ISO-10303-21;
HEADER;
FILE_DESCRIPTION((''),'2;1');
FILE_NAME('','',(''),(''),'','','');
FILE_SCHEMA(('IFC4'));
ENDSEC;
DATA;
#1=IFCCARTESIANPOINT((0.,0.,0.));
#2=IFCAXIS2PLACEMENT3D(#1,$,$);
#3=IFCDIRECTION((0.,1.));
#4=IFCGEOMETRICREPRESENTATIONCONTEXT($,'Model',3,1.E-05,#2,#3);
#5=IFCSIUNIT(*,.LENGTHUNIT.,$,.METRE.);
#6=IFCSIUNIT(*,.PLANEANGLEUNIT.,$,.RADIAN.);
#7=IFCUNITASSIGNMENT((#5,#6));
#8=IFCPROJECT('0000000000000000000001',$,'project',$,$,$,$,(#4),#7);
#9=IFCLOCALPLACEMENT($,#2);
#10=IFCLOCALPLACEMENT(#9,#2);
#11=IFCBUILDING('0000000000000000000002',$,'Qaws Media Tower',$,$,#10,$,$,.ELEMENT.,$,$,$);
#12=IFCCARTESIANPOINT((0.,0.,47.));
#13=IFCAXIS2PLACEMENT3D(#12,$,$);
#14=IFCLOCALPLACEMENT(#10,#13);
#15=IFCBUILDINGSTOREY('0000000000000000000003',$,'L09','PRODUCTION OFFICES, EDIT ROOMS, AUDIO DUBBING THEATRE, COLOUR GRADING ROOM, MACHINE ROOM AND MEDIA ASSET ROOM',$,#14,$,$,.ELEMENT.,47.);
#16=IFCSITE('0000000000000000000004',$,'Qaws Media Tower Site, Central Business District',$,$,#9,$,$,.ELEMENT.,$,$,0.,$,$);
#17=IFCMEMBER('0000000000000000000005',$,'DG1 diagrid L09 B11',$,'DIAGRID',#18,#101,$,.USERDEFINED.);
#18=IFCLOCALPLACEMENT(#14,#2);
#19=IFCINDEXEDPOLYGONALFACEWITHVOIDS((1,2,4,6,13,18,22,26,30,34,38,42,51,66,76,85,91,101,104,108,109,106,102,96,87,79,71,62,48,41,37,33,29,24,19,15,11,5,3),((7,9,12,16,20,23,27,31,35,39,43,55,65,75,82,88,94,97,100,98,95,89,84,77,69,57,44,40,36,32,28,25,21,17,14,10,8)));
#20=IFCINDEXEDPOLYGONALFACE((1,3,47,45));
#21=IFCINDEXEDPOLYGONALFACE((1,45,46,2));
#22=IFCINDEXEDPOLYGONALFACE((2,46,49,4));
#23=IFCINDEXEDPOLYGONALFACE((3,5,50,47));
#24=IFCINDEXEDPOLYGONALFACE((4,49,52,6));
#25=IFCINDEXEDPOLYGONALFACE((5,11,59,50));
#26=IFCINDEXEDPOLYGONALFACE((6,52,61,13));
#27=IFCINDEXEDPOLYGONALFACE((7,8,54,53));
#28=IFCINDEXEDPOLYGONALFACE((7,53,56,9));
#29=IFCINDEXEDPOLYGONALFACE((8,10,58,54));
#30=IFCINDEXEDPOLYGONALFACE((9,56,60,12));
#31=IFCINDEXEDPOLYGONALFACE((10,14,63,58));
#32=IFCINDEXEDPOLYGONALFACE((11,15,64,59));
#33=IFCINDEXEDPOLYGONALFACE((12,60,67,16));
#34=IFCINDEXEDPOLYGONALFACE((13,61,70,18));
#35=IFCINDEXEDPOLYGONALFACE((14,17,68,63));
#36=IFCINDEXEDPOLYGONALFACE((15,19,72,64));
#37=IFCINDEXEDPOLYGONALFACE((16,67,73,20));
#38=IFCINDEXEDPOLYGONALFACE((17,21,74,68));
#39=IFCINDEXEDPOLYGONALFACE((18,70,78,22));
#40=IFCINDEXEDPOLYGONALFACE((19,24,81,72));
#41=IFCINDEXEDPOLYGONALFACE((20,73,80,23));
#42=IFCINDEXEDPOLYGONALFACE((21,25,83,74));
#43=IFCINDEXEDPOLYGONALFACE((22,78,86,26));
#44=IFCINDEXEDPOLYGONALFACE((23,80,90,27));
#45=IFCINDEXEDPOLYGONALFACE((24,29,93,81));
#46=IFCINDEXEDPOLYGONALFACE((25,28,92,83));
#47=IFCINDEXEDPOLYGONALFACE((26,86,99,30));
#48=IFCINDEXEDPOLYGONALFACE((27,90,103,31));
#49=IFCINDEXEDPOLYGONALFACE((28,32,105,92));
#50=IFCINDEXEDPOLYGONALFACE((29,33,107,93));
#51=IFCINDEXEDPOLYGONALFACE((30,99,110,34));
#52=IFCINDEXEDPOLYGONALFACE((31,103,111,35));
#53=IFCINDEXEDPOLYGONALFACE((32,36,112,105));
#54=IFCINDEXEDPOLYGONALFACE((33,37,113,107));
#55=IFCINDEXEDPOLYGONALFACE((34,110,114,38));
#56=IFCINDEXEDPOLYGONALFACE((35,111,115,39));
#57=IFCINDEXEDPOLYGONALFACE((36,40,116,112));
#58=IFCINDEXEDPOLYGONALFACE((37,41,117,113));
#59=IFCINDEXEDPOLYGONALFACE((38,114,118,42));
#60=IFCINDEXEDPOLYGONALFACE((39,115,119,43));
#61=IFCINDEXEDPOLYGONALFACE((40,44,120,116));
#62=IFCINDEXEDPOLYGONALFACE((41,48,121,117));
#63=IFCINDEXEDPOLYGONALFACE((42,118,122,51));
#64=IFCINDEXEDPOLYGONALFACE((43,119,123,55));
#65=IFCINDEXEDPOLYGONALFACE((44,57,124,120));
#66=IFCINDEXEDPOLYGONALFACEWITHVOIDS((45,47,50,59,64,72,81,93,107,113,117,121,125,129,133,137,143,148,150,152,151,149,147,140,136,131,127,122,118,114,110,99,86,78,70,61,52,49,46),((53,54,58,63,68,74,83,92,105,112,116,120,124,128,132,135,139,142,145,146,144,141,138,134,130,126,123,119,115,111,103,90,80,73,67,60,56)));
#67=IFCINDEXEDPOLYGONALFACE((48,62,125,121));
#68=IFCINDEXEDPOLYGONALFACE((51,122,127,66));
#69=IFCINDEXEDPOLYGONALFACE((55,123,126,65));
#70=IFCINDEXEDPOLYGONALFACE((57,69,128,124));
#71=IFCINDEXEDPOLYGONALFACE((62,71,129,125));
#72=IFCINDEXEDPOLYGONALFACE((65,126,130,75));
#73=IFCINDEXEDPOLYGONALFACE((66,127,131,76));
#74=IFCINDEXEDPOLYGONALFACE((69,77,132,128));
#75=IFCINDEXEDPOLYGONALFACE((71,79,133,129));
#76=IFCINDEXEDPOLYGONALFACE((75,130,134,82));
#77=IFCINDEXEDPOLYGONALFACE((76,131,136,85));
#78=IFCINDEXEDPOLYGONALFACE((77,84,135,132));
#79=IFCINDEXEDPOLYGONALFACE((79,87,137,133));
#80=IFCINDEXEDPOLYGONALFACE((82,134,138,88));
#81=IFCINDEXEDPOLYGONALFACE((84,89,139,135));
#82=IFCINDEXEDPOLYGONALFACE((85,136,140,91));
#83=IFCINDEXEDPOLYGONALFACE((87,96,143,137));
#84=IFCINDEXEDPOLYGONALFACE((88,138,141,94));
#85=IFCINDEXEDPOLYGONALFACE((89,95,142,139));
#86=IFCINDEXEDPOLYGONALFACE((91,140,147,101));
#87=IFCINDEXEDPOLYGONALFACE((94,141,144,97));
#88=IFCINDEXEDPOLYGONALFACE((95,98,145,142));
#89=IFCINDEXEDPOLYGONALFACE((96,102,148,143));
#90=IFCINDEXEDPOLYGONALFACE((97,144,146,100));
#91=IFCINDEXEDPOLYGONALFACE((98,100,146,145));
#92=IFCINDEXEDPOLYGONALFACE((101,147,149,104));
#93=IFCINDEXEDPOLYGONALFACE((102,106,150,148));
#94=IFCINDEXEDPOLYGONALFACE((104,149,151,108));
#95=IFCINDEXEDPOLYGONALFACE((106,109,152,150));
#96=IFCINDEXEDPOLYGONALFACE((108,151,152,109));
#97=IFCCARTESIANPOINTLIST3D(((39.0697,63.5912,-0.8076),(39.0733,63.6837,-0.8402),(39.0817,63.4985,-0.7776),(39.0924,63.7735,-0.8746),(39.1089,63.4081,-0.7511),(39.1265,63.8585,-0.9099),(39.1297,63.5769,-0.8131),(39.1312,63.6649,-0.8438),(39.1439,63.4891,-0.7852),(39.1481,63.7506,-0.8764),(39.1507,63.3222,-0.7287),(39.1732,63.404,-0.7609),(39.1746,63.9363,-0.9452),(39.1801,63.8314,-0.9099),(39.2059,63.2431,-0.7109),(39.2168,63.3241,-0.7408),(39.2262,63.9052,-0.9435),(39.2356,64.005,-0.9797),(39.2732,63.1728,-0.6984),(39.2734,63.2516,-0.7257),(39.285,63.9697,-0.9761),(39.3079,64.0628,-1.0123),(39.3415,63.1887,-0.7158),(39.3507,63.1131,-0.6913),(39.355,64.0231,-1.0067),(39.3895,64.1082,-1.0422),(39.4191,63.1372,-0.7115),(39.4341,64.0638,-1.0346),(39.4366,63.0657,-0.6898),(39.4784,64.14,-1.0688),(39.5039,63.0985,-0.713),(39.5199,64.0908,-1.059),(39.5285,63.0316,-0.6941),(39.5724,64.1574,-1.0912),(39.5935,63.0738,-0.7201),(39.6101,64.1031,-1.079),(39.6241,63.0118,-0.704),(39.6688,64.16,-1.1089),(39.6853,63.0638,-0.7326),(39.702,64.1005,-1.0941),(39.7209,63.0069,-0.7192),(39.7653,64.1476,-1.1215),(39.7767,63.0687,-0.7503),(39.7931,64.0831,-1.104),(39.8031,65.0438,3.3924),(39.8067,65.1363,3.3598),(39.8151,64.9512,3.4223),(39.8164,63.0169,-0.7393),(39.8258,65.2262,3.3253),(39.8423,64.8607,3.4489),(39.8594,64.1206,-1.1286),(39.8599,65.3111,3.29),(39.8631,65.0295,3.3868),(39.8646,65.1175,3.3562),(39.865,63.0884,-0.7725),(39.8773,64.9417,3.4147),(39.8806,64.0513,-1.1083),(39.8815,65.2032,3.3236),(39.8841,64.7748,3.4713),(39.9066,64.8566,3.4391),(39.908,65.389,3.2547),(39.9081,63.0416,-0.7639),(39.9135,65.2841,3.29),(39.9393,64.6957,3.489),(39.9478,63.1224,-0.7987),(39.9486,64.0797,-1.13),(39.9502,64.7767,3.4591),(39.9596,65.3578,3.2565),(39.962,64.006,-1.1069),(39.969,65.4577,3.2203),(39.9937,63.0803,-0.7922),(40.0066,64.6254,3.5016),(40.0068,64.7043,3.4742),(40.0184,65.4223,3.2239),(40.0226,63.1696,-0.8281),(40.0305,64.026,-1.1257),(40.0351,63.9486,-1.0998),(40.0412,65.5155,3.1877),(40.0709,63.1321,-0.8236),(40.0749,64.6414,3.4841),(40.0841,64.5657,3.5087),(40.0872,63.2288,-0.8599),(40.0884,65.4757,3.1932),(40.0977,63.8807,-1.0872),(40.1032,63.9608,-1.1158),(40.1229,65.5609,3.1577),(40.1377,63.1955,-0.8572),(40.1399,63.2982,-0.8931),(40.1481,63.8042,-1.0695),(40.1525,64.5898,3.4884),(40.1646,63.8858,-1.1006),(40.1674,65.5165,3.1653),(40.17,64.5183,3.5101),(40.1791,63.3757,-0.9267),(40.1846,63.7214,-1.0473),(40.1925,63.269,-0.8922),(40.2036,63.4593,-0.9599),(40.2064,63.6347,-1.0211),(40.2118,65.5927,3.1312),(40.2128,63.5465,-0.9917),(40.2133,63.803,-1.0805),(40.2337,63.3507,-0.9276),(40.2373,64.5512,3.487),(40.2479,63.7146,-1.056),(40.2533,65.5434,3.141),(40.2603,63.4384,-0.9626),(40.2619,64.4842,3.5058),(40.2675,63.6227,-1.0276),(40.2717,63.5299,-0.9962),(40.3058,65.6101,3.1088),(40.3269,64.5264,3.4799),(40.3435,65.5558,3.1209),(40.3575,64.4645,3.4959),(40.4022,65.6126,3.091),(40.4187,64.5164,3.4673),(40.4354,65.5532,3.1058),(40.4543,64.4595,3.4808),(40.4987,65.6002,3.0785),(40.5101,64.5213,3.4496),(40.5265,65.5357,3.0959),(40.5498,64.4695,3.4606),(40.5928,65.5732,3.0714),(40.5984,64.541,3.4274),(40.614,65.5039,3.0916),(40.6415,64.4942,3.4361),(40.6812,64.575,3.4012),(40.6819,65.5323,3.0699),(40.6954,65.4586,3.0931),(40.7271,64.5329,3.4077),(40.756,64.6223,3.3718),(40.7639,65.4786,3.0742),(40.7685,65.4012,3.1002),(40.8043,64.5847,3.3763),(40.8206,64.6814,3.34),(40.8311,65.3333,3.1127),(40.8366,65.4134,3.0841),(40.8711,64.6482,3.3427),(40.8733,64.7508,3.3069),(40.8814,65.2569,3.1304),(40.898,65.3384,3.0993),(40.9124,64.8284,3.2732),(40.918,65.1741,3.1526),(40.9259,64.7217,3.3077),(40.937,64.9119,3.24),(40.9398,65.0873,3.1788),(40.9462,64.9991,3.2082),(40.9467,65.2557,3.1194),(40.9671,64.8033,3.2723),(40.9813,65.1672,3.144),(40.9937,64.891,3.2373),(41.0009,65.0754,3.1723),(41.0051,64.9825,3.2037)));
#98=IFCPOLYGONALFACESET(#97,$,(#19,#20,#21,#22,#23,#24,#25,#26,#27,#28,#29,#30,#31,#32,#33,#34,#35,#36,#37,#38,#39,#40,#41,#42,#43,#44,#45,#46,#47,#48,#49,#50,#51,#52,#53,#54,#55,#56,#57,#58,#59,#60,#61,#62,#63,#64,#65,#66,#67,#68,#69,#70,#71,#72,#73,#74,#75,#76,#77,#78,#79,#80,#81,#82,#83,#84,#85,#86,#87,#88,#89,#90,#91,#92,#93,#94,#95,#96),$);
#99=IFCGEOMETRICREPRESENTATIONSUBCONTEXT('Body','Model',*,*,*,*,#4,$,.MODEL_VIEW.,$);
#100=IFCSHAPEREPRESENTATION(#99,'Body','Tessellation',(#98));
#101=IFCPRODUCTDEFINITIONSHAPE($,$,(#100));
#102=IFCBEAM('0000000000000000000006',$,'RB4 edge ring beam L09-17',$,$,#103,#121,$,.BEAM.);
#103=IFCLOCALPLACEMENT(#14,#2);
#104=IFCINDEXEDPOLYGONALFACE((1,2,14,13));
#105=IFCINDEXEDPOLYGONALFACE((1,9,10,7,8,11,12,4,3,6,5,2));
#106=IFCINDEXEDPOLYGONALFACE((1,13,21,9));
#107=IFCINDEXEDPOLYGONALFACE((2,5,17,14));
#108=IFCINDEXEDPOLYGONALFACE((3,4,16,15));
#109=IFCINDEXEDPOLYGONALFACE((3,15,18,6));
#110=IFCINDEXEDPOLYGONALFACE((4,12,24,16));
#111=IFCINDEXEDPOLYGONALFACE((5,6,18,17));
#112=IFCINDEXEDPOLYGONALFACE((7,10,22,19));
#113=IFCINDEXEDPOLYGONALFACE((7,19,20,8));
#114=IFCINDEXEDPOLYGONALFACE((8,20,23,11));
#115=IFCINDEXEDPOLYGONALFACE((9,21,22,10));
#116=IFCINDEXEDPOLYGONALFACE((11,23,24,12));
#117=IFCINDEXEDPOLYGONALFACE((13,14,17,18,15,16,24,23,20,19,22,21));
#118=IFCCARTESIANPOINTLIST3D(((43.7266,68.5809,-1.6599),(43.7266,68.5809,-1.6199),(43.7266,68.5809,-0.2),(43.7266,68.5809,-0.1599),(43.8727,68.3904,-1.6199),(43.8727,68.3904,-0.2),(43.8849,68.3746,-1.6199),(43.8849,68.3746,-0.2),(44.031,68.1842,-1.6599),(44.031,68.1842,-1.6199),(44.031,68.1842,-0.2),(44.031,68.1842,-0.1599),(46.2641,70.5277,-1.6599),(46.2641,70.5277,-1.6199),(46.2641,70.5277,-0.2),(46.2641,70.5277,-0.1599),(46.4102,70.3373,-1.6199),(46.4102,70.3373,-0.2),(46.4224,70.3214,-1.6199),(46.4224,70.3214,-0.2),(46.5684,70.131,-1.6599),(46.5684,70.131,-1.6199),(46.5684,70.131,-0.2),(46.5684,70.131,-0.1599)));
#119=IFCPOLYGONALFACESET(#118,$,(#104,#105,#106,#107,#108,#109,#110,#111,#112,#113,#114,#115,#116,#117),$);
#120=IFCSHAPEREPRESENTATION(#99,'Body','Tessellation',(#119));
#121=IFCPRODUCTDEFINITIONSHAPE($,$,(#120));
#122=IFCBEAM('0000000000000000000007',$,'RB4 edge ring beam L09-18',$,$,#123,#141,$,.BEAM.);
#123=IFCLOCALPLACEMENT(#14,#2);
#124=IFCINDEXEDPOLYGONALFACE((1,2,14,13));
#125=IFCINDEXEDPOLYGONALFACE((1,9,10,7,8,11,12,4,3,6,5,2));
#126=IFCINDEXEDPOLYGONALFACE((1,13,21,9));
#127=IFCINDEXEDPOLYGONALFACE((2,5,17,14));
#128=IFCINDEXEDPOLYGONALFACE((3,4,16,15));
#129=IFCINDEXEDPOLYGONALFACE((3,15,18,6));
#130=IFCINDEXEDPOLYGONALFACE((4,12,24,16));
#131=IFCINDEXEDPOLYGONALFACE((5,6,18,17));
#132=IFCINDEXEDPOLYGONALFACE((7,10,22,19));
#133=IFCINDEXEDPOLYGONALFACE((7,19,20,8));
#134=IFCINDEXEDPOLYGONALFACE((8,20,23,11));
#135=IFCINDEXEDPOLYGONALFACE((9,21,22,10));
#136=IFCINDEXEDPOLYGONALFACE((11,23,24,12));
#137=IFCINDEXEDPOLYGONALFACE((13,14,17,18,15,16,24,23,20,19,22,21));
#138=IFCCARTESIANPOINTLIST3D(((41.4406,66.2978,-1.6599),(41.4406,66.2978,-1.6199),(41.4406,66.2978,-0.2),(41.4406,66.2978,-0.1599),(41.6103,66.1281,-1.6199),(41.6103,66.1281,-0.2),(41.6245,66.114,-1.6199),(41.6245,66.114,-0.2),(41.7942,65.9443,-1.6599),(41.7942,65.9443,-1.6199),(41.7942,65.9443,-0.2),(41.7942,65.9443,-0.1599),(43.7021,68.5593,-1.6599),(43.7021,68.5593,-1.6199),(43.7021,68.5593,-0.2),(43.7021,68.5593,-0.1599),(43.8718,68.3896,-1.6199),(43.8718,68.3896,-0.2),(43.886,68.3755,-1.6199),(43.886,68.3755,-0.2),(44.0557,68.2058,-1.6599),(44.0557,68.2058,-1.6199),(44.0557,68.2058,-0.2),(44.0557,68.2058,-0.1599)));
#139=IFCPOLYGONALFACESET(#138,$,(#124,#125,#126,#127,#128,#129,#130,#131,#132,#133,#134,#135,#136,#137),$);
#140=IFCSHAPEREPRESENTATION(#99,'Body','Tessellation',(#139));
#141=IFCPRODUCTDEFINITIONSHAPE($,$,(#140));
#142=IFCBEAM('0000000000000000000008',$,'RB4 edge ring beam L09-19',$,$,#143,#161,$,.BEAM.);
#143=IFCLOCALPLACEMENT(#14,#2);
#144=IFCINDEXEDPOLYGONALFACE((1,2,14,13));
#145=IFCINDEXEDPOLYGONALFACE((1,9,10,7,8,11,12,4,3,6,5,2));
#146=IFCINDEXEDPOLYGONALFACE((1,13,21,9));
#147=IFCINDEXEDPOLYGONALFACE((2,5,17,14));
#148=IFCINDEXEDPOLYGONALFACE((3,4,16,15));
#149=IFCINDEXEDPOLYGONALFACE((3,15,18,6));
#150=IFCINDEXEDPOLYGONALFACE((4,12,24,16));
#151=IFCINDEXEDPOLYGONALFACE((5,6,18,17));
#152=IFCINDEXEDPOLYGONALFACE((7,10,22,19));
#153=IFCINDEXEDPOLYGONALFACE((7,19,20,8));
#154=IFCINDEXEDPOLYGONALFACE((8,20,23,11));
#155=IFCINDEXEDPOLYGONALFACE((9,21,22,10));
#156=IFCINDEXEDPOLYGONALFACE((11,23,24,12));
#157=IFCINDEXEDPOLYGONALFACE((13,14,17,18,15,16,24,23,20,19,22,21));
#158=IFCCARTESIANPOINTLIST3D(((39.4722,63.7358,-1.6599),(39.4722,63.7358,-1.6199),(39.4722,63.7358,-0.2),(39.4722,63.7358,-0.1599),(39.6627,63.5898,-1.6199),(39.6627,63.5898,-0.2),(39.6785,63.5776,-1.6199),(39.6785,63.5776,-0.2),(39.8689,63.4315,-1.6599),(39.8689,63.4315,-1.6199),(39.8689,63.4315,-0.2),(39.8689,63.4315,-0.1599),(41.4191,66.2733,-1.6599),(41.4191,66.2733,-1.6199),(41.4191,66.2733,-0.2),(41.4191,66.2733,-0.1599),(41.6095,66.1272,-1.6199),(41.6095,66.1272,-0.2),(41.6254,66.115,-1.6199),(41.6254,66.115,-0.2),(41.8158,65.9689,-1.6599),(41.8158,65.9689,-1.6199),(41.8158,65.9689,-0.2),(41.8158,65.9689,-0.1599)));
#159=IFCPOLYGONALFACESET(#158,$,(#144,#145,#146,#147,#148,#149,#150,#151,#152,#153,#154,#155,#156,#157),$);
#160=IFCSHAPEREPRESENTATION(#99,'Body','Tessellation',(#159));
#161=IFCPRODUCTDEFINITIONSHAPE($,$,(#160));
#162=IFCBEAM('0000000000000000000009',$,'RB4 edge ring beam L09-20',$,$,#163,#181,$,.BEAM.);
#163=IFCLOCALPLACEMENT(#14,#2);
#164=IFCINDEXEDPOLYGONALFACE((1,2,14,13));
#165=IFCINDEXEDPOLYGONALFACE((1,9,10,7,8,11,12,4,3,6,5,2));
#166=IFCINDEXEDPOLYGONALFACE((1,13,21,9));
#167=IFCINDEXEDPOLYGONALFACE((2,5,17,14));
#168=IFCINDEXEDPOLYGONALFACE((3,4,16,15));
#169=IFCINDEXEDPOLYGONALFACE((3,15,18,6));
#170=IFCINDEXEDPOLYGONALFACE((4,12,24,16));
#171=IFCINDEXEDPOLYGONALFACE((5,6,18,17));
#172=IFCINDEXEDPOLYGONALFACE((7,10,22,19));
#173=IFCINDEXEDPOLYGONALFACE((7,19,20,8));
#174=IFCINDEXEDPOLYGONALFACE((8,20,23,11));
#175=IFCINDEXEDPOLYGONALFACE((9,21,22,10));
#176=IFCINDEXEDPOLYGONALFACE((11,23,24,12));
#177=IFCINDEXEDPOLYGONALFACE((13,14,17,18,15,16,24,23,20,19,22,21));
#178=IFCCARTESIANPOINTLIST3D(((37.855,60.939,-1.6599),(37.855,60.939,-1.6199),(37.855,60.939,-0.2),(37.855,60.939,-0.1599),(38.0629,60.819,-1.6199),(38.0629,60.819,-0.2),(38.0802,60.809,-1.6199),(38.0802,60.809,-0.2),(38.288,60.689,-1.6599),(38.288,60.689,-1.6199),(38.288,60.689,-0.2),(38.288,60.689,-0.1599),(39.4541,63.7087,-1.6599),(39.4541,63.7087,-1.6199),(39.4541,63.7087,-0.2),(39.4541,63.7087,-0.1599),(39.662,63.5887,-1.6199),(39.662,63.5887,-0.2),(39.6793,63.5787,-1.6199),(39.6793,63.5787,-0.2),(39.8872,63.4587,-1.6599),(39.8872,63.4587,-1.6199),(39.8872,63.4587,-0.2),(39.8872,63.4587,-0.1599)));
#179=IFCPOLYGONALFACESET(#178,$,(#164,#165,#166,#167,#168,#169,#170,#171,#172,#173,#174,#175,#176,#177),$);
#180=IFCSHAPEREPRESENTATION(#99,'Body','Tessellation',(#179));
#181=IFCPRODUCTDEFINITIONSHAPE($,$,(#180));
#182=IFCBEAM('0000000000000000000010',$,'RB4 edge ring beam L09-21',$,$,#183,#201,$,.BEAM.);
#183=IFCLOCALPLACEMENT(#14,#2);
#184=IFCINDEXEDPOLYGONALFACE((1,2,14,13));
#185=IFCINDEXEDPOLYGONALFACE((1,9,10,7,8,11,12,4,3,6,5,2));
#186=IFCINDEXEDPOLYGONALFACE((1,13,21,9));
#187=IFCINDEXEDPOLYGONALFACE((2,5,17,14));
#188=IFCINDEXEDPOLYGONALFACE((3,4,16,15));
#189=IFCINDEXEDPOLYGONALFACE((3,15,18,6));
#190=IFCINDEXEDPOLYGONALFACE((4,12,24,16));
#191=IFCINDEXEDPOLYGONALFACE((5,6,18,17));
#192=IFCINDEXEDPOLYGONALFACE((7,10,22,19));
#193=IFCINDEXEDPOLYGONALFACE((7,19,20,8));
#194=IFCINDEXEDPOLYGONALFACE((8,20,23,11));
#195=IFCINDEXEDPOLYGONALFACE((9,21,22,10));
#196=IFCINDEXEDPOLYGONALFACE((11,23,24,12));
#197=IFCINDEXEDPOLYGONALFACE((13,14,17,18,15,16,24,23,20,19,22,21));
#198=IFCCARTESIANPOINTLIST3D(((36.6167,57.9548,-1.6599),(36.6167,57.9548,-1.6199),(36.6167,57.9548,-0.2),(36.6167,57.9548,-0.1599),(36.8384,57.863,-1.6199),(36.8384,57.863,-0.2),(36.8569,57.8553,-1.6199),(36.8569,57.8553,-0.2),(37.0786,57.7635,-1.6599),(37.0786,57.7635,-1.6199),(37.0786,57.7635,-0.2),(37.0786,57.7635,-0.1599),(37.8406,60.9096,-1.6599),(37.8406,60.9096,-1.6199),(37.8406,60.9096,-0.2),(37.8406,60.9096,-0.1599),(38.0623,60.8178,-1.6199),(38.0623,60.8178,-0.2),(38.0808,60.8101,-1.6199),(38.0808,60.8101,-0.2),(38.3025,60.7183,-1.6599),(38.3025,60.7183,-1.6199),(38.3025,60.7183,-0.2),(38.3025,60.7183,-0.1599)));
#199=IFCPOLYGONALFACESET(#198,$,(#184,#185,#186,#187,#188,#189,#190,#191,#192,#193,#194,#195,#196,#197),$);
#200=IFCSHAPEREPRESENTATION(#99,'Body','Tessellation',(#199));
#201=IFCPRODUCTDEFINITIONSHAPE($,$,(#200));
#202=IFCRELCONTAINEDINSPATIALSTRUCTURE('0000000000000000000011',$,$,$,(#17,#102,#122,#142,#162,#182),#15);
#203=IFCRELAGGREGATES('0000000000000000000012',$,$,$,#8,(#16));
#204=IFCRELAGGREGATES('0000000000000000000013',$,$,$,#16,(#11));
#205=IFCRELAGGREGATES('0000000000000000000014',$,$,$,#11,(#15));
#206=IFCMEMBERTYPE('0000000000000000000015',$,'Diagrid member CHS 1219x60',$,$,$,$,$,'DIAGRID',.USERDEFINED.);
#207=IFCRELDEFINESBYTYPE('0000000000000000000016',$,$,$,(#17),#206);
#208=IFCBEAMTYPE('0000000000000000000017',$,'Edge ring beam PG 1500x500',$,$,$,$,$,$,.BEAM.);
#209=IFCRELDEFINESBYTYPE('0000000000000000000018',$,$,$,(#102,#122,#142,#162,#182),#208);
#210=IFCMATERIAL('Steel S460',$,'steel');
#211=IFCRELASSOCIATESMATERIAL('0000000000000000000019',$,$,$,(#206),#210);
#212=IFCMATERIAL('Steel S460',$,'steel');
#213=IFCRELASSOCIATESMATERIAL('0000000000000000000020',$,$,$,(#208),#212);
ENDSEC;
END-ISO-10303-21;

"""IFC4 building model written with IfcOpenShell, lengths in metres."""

from ifc_helpers import new_model, si_unit, direction, frame, origin, origin_2d, place, context, subcontext, project, spatial, hollow_circle, i_section, extrude, material, material_profile, profile_set, type_object, element, save


model = new_model("IFC4")

# Units and contexts
model_context = context("Model", 3, precision=1e-05, world=origin(), true_north=direction((0.0, 1.0)))
body_context = subcontext(model_context, "Body", "Model", "MODEL_VIEW")
ifc_project = project(units=[si_unit("LENGTHUNIT", "METRE"), si_unit("PLANEANGLEUNIT", "RADIAN")], contexts=[model_context])

# Site, building, storey
site_placement = place(None, origin())
site = spatial("IfcSite", under=ifc_project, at=site_placement, Name="Qaws Media Tower Site, Central Business District", CompositionType="ELEMENT", RefElevation=0.0)
building_placement = place(site_placement, origin())
building = spatial("IfcBuilding", under=site, at=building_placement, Name="Qaws Media Tower", CompositionType="ELEMENT")
storey_placement = place(building_placement, frame((0.0, 0.0, 47.0)))
storey = spatial("IfcBuildingStorey", under=building, at=storey_placement, Name="L09", Description="PRODUCTION OFFICES, EDIT ROOMS, AUDIO DUBBING THEATRE, COLOUR GRADING ROOM, MACHINE ROOM AND MEDIA ASSET ROOM", CompositionType="ELEMENT", Elevation=47.0)

# Member
ifc_material_1 = material(Name="Steel S460", Category="steel")
ifc_material_profile_1 = material_profile(ifc_material_1, hollow_circle(Radius=0.6096, WallThickness=0.0601, at=origin_2d()), Name="CHS 1219x60")
ifc_profile_set_1 = profile_set([ifc_material_profile_1], Name="Steel S460")
member_type_1 = type_object("IfcMemberType", Name="Diagrid member CHS 1219x60", ElementType="DIAGRID", PredefinedType="USERDEFINED", material=ifc_profile_set_1)
for number, where, z_axis, x_axis, name in (
    (1, (39.6707, 63.5837, -0.9099), (0.162826, 0.322509, 0.932457), (-0.89268, 0.450691, 0.0), "DG1 diagrid L09 B11"),
):
    element("IfcMember", number, at=place(storey_placement, frame(where, z_axis=z_axis, x_axis=x_axis)), inside=storey, type_object=member_type_1, Name=name, ObjectType="DIAGRID", PredefinedType="USERDEFINED", context=body_context, shape_type="SweptSolid", body=[
        extrude(hollow_circle(Radius=0.6096, WallThickness=0.0601, at=origin_2d()), origin(), (0.0, 0.0, 1.0), 4.5042),
    ])

# Beams
ifc_material_2 = material(Name="Steel S460", Category="steel")
ifc_material_profile_2 = material_profile(ifc_material_2, i_section(OverallWidth=0.5, OverallDepth=1.5, WebThickness=0.02, FlangeThickness=0.04, at=origin_2d()), Name="PG 1500x500")
ifc_profile_set_2 = profile_set([ifc_material_profile_2], Name="Steel S460")
beam_type = type_object("IfcBeamType", Name="Edge ring beam PG 1500x500", PredefinedType="BEAM", material=ifc_profile_set_2)
for number, where, z_axis, x_axis, name in (
    (2, (46.4163, 70.3293, -0.9099), (-0.793384, -0.608722, 0.0), (0.608722, -0.793384, 0.0), "RB4 edge ring beam L09-17"),
    (3, (43.8789, 68.3826, -0.9099), (-0.707107, -0.707107, 0.0), (0.707107, -0.707107, 0.0), "RB4 edge ring beam L09-18"),
    (4, (41.6174, 66.1211, -0.9099), (-0.608722, -0.793384, 0.0), (0.793384, -0.608722, 0.0), "RB4 edge ring beam L09-19"),
    (5, (39.6707, 63.5837, -0.9099), (-0.499998, -0.866027, 0.0), (0.866027, -0.499998, 0.0), "RB4 edge ring beam L09-20"),
    (6, (38.0715, 60.814, -0.9099), (-0.382669, -0.923886, 0.0), (0.923886, -0.382669, 0.0), "RB4 edge ring beam L09-21"),
):
    element("IfcBeam", number, at=place(storey_placement, frame(where, z_axis=z_axis, x_axis=x_axis)), inside=storey, type_object=beam_type, Name=name, PredefinedType="BEAM", context=body_context, shape_type="SweptSolid", body=[
        extrude(i_section(OverallWidth=0.5, OverallDepth=1.5, WebThickness=0.02, FlangeThickness=0.04, at=origin_2d()), origin(), (0.0, 0.0, 1.0), 3.1982),
    ])

save(model, "model.ifc")
